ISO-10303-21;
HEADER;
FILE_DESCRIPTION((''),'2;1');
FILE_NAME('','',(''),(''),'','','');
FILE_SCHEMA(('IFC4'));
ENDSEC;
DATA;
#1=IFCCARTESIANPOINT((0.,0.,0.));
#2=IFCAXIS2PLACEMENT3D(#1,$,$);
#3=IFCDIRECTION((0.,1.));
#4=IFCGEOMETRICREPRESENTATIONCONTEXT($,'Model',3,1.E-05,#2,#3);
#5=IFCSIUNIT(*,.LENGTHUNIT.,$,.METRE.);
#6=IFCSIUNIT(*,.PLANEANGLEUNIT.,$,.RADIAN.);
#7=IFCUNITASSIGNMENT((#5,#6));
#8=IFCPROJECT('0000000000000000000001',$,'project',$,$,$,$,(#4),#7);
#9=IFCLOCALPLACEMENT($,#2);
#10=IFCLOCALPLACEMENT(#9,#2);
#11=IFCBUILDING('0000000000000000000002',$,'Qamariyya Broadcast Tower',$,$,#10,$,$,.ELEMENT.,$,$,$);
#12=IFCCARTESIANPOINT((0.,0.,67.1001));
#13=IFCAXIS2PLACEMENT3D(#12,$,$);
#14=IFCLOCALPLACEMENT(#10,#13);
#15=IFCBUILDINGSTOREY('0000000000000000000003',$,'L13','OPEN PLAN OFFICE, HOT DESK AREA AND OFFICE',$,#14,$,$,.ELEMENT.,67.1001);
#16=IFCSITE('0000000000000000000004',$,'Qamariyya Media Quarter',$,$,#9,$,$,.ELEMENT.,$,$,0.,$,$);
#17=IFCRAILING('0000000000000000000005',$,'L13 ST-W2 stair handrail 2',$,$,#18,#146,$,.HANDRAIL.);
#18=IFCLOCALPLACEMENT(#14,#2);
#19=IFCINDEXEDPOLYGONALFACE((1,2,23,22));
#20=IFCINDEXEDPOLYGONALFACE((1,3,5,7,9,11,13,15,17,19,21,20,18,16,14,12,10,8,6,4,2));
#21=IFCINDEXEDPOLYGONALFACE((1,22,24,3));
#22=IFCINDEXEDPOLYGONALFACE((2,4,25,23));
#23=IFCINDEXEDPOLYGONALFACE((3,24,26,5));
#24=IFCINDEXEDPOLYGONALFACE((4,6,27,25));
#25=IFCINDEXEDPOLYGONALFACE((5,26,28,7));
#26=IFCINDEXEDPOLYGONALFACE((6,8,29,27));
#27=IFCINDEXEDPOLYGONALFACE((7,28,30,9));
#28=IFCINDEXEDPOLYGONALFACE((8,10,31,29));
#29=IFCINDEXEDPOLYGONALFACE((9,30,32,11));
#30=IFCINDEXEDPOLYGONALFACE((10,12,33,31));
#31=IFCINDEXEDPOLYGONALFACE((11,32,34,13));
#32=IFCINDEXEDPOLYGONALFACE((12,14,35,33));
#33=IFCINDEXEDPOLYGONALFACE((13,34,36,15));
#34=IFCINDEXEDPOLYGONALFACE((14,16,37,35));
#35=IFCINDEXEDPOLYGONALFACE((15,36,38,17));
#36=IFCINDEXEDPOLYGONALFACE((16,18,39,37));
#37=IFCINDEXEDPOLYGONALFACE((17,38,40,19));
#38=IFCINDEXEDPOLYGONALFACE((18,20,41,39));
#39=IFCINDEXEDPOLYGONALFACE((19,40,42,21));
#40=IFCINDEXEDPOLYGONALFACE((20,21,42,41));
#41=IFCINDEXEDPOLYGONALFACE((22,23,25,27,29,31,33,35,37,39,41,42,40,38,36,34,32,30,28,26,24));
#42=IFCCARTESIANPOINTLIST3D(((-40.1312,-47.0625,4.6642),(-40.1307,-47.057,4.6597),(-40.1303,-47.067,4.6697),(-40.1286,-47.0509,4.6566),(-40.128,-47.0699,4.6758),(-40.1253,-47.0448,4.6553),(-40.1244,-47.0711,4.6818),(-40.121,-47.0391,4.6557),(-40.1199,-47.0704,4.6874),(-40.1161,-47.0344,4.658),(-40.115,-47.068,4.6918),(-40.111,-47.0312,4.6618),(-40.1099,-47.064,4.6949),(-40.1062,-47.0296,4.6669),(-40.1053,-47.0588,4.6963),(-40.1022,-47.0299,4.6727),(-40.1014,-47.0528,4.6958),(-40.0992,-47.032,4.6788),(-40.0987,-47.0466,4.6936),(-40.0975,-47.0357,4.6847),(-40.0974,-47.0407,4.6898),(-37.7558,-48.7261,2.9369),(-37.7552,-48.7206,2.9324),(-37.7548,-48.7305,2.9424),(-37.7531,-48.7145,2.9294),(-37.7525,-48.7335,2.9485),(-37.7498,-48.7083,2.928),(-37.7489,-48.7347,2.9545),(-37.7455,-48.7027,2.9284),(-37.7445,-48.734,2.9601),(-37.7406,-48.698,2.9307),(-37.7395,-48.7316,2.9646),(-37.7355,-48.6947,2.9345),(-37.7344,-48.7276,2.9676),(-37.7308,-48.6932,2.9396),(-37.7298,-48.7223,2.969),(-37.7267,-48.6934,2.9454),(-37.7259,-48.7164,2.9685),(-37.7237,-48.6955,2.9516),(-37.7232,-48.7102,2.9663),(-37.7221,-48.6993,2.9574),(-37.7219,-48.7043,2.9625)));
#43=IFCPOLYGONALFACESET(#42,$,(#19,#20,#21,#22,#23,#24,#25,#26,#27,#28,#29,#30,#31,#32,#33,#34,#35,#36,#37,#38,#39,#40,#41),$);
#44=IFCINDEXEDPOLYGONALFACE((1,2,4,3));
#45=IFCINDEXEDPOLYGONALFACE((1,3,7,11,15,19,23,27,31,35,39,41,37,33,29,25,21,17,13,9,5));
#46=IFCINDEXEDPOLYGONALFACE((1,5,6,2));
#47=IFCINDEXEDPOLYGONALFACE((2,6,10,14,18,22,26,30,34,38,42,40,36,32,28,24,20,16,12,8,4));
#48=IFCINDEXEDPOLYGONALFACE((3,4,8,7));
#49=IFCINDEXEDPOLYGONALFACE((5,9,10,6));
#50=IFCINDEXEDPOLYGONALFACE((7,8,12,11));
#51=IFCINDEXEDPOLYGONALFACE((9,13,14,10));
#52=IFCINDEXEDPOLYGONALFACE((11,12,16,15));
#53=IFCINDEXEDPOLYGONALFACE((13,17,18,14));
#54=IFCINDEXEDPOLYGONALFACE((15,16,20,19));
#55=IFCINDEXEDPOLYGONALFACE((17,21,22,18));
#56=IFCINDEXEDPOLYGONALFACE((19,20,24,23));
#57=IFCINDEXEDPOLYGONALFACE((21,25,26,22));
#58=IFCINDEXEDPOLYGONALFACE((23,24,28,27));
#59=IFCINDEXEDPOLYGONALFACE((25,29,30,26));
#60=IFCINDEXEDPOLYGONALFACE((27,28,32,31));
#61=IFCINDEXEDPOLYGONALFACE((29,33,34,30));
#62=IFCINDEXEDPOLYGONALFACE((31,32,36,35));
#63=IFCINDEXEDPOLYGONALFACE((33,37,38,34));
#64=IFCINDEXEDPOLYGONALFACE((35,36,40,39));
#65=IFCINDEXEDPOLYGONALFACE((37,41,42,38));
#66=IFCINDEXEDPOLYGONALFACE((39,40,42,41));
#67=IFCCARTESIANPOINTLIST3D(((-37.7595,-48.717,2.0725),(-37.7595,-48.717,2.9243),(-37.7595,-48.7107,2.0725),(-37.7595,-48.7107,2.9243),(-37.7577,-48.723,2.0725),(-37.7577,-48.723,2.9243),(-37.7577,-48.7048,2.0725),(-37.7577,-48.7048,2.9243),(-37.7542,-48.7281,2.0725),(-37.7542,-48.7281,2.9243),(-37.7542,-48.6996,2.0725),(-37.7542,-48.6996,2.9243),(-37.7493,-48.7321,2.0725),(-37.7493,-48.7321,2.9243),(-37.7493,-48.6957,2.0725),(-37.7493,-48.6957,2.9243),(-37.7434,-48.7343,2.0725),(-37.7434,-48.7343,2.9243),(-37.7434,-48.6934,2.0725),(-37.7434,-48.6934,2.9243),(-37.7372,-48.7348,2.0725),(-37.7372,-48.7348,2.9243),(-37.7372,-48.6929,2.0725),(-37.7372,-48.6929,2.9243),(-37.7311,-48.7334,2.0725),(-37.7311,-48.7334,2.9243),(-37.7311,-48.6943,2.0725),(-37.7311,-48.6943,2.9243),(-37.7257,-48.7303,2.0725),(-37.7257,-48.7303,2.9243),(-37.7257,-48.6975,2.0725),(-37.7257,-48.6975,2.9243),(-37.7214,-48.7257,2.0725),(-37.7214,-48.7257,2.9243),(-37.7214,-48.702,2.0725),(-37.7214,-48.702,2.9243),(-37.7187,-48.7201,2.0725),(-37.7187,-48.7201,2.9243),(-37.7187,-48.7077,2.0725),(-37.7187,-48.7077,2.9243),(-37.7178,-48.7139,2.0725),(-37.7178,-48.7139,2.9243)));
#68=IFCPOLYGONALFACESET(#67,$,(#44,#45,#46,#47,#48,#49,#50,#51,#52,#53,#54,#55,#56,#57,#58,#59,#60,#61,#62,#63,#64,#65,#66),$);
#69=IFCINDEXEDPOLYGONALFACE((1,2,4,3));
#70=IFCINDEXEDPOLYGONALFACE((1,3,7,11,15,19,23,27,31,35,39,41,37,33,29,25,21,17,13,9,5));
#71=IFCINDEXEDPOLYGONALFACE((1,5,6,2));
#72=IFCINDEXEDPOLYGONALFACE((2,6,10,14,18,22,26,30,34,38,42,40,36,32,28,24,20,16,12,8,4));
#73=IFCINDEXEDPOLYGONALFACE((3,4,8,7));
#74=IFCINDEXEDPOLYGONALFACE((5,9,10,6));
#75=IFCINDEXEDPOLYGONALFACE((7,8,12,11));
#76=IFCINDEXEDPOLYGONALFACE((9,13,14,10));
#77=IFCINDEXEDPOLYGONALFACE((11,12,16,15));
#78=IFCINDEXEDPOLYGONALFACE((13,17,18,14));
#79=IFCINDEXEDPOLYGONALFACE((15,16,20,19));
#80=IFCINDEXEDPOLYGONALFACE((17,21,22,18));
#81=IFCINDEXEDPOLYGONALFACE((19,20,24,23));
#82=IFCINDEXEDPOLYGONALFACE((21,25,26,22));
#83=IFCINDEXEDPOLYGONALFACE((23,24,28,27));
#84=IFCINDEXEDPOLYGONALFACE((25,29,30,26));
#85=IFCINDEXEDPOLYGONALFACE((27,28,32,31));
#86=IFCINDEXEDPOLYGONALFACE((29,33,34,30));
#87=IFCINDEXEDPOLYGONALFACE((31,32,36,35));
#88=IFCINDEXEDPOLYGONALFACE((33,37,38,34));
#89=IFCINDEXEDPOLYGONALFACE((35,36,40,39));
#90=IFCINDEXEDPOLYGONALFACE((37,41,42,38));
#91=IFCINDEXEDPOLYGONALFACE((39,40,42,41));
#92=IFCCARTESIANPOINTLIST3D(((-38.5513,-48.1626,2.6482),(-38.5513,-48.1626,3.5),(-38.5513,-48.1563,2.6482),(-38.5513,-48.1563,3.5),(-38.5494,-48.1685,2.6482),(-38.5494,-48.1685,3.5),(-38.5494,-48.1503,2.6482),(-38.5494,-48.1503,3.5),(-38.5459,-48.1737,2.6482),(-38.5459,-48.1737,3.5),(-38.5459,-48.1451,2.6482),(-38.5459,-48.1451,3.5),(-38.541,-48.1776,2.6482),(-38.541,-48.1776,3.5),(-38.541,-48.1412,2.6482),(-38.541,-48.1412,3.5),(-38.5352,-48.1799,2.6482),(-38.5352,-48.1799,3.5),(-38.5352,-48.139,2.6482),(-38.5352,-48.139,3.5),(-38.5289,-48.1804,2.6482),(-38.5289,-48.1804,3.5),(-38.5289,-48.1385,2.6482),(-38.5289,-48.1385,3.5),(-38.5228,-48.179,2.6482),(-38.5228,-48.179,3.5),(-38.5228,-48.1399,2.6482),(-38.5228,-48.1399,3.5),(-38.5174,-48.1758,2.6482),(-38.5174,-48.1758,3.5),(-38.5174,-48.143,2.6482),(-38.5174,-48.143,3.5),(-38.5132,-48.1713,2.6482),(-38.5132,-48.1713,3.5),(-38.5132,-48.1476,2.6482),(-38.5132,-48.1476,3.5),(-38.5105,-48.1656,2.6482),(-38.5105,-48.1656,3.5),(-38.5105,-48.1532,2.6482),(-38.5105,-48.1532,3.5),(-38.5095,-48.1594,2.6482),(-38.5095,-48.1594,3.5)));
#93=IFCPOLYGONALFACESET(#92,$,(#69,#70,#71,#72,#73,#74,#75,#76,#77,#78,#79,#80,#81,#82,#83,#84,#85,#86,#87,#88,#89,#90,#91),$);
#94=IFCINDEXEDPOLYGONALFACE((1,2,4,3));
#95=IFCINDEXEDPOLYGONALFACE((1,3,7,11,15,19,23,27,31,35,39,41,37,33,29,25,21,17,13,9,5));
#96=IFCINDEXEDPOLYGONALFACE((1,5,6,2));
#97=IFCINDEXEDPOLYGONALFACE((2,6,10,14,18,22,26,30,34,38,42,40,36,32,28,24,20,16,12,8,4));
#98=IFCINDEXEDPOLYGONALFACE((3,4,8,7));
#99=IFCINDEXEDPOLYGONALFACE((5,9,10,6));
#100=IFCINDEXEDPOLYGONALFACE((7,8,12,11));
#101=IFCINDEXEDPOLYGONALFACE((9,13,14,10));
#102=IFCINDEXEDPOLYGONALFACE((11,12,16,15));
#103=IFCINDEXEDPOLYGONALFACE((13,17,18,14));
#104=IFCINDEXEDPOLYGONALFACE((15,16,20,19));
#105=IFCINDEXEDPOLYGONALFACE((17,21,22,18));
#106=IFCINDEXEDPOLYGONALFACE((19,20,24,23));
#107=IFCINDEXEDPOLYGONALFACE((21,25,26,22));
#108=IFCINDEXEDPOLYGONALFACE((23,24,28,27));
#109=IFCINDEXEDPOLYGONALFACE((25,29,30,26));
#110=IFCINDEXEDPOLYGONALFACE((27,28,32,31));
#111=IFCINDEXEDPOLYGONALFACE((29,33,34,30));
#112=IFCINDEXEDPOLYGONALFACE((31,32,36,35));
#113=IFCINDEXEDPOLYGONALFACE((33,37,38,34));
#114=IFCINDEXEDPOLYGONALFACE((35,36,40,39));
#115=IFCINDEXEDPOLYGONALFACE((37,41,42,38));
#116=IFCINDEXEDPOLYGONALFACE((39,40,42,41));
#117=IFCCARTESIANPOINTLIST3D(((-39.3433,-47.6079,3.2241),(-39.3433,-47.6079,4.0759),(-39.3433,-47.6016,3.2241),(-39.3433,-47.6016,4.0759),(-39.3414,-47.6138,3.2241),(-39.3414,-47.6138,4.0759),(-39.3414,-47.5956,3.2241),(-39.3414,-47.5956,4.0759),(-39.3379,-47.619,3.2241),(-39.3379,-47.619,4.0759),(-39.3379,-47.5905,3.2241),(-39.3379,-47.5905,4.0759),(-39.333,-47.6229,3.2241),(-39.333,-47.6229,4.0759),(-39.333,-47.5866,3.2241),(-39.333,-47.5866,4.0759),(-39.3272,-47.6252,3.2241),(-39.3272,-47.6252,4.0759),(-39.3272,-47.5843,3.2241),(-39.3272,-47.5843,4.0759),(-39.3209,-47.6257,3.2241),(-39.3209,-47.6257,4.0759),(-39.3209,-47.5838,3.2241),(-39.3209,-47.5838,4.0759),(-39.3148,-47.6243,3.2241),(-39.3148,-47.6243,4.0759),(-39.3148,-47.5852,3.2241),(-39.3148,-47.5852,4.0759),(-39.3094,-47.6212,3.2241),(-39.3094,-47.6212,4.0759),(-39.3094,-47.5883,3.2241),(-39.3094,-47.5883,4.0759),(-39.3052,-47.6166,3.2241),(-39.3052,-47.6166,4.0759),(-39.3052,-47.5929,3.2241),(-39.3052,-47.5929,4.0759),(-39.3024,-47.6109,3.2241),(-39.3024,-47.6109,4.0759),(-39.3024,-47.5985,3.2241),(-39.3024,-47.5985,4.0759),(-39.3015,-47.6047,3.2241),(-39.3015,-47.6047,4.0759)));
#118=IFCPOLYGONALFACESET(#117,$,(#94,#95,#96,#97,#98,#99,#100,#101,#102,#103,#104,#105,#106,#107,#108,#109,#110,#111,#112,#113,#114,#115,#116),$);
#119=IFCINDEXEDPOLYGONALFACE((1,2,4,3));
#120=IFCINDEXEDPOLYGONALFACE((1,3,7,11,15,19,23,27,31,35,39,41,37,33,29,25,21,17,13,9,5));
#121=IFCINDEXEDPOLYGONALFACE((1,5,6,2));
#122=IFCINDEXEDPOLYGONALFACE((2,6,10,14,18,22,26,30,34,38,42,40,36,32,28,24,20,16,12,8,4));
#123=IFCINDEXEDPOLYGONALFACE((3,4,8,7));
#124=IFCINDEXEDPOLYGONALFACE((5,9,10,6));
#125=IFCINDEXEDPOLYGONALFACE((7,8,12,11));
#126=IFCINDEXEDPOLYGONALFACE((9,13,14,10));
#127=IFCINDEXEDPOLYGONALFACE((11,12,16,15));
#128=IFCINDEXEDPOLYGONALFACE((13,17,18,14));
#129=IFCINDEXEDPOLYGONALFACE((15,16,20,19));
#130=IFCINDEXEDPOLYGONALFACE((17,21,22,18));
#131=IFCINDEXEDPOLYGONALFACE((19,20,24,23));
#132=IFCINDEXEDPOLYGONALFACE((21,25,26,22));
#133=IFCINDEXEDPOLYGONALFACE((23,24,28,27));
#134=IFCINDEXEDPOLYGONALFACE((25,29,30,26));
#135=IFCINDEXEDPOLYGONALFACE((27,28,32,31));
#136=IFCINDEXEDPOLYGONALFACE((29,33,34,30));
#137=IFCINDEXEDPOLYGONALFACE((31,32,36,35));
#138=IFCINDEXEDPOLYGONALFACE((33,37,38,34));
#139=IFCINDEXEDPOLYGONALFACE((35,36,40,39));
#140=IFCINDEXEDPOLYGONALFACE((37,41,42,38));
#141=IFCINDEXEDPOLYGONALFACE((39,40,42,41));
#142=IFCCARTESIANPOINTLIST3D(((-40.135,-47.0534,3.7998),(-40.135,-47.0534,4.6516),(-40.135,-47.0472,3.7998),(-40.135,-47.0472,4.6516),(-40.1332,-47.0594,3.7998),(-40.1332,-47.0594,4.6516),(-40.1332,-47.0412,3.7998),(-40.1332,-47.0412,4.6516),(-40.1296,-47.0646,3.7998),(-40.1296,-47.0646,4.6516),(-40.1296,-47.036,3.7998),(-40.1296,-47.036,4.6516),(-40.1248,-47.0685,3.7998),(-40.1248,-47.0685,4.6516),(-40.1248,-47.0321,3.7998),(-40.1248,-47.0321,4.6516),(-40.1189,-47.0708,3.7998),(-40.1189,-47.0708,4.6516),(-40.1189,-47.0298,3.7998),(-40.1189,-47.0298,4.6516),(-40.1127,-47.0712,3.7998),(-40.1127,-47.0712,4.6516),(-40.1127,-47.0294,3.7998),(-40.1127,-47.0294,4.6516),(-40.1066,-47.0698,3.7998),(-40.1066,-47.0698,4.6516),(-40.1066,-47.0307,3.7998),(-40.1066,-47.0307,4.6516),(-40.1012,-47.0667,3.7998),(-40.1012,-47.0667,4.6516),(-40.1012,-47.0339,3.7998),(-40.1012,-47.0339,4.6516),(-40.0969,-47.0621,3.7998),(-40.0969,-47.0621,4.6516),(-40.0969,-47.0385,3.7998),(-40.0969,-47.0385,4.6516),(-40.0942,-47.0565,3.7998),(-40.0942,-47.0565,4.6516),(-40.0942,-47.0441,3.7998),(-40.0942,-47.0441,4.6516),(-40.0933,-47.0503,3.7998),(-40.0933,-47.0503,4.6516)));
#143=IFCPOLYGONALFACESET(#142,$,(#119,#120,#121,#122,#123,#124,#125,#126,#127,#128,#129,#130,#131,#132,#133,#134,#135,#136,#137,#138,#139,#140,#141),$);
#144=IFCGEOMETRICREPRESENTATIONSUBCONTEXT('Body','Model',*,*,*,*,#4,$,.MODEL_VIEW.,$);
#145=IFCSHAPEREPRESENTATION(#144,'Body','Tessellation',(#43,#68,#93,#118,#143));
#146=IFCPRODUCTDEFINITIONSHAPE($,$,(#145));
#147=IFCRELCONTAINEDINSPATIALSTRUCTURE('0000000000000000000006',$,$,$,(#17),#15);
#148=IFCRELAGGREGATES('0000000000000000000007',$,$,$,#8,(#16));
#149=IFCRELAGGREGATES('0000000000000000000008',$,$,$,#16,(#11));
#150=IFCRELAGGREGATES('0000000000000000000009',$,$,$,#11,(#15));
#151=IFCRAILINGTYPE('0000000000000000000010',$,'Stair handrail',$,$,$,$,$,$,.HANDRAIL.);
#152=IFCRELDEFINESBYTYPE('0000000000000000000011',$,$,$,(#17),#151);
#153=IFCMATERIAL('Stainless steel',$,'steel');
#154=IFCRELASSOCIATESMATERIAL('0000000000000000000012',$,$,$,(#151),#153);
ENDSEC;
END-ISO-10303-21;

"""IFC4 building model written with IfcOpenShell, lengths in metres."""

from ifc_helpers import new_model, si_unit, direction, frame, origin, origin_2d, place, context, subcontext, project, spatial, circle, extrude, material, type_object, element, save


model = new_model("IFC4")

# Units and contexts
model_context = context("Model", 3, precision=1e-05, world=origin(), true_north=direction((0.0, 1.0)))
body_context = subcontext(model_context, "Body", "Model", "MODEL_VIEW")
ifc_project = project(units=[si_unit("LENGTHUNIT", "METRE"), si_unit("PLANEANGLEUNIT", "RADIAN")], contexts=[model_context])

# Site, building, storey
site_placement = place(None, origin())
site = spatial("IfcSite", under=ifc_project, at=site_placement, Name="Qamariyya Media Quarter", CompositionType="ELEMENT", RefElevation=0.0)
building_placement = place(site_placement, origin())
building = spatial("IfcBuilding", under=site, at=building_placement, Name="Qamariyya Broadcast Tower", CompositionType="ELEMENT")
storey_placement = place(building_placement, frame((0.0, 0.0, 67.1001)))
storey = spatial("IfcBuildingStorey", under=building, at=storey_placement, Name="L13", Description="OPEN PLAN OFFICE, HOT DESK AREA AND OFFICE", CompositionType="ELEMENT", Elevation=67.1001)

# Railing
ifc_material_1 = material(Name="Stainless steel", Category="steel")
railing_type = type_object("IfcRailingType", Name="Stair handrail", PredefinedType="HANDRAIL", material=ifc_material_1)
railing_placement = place(storey_placement, frame((-37.7388, -48.7139, 2.0725)))
element("IfcRailing", 1, at=railing_placement, inside=storey, type_object=railing_type, Name="L13 ST-W2 stair handrail 2", PredefinedType="HANDRAIL", context=body_context, shape_type="SweptSolid", body=[
    extrude(circle(Radius=0.0239, at=origin_2d()), frame((0.0, 0.0, 0.876), z_axis=(-0.703745, 0.492838, 0.511716), x_axis=(-0.573632, -0.819113, 0.0)), (0.0, 0.0, 1.0), 3.3755),
    extrude(circle(Radius=0.021, at=origin_2d()), origin(), (0.0, 0.0, 1.0), 0.8518),
    extrude(circle(Radius=0.021, at=origin_2d()), frame((-0.7917, 0.5544, 0.5757)), (0.0, 0.0, 1.0), 0.8518),
    extrude(circle(Radius=0.021, at=origin_2d()), frame((-1.5837, 1.1091, 1.1516)), (0.0, 0.0, 1.0), 0.8518),
    extrude(circle(Radius=0.021, at=origin_2d()), frame((-2.3755, 1.6636, 1.7273)), (0.0, 0.0, 1.0), 0.8518),
])

save(model, "model.ifc")
